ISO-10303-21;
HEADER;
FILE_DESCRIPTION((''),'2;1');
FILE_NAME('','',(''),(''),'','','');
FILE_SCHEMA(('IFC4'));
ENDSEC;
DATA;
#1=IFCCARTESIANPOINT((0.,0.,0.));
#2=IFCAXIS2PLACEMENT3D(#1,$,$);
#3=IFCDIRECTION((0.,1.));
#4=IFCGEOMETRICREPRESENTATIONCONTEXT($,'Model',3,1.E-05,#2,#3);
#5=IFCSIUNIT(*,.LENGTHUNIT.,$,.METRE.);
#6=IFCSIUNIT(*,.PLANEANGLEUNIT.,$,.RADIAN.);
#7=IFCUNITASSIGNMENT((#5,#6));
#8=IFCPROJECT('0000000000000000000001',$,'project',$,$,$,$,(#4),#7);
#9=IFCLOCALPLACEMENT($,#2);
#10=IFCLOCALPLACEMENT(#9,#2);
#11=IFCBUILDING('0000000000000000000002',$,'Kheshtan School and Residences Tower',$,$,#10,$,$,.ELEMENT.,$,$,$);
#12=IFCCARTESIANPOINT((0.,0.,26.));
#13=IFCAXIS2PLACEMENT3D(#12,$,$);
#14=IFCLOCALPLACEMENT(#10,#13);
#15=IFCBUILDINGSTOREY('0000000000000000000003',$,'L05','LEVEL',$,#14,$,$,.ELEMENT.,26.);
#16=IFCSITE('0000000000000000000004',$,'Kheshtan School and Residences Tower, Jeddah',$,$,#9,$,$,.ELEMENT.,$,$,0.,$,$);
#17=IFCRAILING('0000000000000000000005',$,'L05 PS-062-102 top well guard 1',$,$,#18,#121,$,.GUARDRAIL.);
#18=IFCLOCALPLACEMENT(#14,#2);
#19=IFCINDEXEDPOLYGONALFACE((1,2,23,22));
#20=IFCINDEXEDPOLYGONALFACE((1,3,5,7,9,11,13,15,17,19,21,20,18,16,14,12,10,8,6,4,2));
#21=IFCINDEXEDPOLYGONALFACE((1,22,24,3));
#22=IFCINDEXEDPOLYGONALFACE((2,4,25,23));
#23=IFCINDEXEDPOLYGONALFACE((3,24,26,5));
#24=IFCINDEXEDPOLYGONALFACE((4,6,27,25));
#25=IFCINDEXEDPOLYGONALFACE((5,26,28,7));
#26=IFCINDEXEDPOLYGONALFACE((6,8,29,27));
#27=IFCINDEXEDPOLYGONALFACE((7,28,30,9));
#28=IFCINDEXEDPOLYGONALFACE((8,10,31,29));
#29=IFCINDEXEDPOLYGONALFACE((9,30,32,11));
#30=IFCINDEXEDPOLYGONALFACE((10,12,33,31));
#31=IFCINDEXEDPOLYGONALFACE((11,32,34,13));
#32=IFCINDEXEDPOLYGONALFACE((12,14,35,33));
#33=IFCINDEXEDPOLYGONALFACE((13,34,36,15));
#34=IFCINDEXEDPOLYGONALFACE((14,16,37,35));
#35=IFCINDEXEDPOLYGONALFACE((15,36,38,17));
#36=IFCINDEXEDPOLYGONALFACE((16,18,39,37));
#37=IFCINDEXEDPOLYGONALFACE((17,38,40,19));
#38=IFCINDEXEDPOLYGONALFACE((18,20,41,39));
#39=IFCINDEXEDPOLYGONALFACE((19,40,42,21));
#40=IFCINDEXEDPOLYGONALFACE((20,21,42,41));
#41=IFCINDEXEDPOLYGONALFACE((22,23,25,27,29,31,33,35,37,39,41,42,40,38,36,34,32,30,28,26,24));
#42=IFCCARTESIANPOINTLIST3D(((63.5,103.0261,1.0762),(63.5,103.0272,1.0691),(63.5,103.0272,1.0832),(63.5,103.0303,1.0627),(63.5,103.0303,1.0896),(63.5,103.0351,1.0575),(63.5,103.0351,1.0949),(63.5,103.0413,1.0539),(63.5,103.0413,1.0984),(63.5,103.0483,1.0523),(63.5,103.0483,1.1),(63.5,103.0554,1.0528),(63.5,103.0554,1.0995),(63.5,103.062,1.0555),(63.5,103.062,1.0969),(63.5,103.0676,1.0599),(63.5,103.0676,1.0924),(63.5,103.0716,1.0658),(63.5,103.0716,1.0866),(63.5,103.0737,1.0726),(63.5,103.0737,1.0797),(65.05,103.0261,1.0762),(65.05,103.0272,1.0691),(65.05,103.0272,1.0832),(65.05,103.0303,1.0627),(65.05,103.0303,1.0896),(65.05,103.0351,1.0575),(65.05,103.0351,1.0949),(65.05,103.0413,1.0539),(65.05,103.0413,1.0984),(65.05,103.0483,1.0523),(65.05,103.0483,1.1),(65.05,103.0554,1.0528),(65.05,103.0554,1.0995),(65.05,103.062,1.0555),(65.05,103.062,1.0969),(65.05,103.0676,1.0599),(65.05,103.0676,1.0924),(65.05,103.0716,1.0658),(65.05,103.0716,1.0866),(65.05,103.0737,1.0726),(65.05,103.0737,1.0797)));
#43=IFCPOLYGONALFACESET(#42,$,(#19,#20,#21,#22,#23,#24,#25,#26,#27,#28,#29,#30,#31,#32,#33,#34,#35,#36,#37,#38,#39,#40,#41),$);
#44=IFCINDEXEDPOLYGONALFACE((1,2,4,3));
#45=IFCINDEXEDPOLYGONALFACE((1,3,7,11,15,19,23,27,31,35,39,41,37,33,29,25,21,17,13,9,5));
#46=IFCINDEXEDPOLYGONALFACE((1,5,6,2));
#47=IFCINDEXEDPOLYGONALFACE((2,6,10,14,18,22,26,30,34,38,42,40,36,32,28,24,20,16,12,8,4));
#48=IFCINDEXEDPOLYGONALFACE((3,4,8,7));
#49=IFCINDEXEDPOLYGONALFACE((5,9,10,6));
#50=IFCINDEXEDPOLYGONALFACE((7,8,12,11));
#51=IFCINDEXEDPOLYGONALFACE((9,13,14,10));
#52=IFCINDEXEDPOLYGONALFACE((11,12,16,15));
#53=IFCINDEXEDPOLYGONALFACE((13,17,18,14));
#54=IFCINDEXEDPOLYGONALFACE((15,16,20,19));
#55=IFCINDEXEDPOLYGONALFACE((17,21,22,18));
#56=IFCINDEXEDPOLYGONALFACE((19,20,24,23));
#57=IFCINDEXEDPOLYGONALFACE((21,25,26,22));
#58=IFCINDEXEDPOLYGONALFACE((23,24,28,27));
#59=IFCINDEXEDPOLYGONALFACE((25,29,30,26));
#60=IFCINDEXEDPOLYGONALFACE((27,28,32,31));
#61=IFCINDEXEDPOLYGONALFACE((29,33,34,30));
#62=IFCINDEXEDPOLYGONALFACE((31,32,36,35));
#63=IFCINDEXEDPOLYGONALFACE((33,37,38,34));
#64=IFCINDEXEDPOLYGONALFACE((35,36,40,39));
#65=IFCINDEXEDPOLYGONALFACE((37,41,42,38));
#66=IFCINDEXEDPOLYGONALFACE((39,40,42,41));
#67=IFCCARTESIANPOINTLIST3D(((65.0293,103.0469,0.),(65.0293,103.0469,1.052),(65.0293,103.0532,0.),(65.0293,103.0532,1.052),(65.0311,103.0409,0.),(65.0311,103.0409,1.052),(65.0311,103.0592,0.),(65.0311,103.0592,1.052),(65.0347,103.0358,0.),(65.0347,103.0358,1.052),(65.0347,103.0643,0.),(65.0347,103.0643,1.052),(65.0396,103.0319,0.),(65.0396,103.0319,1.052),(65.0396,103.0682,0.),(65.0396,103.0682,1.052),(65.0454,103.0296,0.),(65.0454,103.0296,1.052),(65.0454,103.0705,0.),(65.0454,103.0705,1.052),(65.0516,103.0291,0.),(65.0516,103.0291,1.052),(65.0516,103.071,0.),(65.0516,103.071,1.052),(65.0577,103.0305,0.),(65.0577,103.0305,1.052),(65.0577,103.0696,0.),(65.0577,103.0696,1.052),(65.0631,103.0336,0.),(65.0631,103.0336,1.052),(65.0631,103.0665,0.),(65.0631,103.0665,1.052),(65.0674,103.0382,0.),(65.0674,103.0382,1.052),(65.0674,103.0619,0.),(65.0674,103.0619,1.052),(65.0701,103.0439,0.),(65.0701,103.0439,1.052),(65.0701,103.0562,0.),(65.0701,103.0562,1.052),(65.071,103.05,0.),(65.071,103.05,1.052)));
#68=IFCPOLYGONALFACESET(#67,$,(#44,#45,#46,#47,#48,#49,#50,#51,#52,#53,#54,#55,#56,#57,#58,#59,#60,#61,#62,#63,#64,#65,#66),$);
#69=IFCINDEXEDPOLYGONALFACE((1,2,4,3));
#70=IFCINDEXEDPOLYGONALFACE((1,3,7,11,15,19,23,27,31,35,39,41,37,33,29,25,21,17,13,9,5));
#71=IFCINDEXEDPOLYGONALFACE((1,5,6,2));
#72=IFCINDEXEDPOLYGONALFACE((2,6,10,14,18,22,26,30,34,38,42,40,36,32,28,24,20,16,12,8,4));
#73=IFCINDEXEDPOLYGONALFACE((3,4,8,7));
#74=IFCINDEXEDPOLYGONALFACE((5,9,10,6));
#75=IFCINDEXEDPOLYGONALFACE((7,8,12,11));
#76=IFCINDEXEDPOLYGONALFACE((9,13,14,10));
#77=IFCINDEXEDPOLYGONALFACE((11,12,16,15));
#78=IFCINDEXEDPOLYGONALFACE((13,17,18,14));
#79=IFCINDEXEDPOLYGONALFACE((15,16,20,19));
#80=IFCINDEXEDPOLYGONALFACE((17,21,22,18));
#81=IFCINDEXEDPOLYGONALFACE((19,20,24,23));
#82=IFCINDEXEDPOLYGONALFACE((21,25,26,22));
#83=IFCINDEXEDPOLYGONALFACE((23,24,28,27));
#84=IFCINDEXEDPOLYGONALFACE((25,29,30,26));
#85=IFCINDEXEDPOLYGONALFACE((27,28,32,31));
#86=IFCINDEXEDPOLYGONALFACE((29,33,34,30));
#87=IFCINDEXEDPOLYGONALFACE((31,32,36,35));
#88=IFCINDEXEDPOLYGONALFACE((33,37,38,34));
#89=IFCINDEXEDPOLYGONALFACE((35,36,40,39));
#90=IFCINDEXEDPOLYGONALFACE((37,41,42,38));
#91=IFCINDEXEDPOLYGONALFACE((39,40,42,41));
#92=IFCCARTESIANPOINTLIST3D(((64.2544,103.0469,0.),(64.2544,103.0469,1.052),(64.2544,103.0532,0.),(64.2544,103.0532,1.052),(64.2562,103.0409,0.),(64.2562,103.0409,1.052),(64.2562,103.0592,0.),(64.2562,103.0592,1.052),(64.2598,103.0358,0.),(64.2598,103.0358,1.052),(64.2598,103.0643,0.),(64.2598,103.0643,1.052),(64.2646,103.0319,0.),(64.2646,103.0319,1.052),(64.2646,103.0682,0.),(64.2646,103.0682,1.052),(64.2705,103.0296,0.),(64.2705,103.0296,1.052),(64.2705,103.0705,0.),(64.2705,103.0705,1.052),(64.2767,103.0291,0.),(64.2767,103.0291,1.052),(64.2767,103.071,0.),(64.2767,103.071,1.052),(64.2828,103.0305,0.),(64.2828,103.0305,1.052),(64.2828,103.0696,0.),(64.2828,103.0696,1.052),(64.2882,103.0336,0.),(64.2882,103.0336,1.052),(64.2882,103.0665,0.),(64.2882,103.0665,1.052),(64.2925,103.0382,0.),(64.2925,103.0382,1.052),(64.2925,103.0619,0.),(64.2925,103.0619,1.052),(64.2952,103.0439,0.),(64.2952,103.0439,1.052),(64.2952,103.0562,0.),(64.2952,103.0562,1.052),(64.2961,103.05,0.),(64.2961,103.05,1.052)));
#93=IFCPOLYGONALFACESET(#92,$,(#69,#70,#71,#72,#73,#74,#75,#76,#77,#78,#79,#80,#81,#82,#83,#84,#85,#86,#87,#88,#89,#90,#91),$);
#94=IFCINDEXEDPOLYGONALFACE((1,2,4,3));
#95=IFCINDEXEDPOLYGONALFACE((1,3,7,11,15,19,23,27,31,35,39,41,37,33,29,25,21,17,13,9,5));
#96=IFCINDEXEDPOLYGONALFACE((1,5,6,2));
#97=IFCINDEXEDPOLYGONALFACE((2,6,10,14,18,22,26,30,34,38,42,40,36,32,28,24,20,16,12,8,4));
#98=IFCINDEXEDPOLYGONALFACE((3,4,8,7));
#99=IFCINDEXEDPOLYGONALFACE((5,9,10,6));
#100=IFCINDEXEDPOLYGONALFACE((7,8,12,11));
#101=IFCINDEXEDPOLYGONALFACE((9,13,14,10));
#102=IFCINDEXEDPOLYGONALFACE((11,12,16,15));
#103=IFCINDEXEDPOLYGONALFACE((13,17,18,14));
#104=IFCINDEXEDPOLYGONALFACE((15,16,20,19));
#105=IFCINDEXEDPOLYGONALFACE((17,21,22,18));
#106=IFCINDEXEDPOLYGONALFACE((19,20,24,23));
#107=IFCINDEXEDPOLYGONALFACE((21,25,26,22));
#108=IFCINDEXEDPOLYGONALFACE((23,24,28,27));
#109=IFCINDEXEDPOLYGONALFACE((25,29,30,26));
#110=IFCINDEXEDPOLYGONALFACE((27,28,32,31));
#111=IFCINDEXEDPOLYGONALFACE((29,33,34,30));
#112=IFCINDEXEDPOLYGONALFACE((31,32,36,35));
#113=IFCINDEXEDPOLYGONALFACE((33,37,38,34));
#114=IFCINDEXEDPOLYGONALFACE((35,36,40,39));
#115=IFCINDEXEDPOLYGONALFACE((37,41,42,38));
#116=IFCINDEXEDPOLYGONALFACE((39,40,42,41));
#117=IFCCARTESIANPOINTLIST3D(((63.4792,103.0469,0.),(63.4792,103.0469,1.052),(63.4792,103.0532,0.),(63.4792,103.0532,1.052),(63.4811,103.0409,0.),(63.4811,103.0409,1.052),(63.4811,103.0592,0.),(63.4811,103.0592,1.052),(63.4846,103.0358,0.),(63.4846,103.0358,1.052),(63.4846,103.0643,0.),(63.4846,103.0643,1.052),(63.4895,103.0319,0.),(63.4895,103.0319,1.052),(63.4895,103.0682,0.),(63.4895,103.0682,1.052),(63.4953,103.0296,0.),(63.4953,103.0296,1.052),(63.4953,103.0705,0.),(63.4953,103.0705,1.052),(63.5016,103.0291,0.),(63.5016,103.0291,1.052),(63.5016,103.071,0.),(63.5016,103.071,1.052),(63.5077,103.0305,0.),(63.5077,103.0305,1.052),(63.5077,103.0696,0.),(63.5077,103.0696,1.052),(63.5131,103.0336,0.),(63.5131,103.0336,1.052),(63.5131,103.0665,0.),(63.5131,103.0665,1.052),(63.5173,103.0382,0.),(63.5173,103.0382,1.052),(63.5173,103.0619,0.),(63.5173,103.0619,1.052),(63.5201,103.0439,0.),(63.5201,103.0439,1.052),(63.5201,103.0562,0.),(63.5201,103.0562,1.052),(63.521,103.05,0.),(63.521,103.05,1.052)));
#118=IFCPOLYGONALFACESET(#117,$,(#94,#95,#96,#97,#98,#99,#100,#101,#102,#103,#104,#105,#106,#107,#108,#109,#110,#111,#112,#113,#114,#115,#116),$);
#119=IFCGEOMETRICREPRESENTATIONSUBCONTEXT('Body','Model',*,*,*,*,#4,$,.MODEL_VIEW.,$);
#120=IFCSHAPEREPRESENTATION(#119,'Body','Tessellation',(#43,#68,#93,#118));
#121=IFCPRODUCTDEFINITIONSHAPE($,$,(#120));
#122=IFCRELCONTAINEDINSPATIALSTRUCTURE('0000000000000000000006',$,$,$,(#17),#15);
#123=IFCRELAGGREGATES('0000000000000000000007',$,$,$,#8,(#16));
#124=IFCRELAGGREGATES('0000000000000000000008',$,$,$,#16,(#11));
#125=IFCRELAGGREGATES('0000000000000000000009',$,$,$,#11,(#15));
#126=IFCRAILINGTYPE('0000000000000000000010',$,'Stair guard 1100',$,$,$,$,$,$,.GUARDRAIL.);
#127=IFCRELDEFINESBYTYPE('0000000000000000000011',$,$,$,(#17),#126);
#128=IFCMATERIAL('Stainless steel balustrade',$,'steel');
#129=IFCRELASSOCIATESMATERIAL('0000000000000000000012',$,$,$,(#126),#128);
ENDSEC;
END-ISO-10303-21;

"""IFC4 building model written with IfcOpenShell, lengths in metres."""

from ifc_helpers import new_model, si_unit, direction, frame, origin, origin_2d, place, context, subcontext, project, spatial, circle, extrude, material, type_object, element, save


model = new_model("IFC4")

# Units and contexts
model_context = context("Model", 3, precision=1e-05, world=origin(), true_north=direction((0.0, 1.0)))
body_context = subcontext(model_context, "Body", "Model", "MODEL_VIEW")
ifc_project = project(units=[si_unit("LENGTHUNIT", "METRE"), si_unit("PLANEANGLEUNIT", "RADIAN")], contexts=[model_context])

# Site, building, storey
site_placement = place(None, origin())
site = spatial("IfcSite", under=ifc_project, at=site_placement, Name="Kheshtan School and Residences Tower, Jeddah", CompositionType="ELEMENT", RefElevation=0.0)
building_placement = place(site_placement, origin())
building = spatial("IfcBuilding", under=site, at=building_placement, Name="Kheshtan School and Residences Tower", CompositionType="ELEMENT")
storey_placement = place(building_placement, frame((0.0, 0.0, 26.0)))
storey = spatial("IfcBuildingStorey", under=building, at=storey_placement, Name="L05", Description="LEVEL", CompositionType="ELEMENT", Elevation=26.0)

# Railing
ifc_material_1 = material(Name="Stainless steel balustrade", Category="steel")
railing_type = type_object("IfcRailingType", Name="Stair guard 1100", PredefinedType="GUARDRAIL", material=ifc_material_1)
railing_placement = place(storey_placement, frame((65.05, 103.05, 0.0)))
element("IfcRailing", 1, at=railing_placement, inside=storey, type_object=railing_type, Name="L05 PS-062-102 top well guard 1", PredefinedType="GUARDRAIL", context=body_context, shape_type="SweptSolid", body=[
    extrude(circle(Radius=0.0239, at=origin_2d()), frame((0.0, 0.0, 1.0762), z_axis=(-1.0, 0.0, 0.0), x_axis=(0.0, -1.0, 0.0)), (0.0, 0.0, 1.0), 1.55),
    extrude(circle(Radius=0.021, at=origin_2d()), origin(), (0.0, 0.0, 1.0), 1.052),
    extrude(circle(Radius=0.021, at=origin_2d()), frame((-0.7749, 0.0, 0.0)), (0.0, 0.0, 1.0), 1.052),
    extrude(circle(Radius=0.021, at=origin_2d()), frame((-1.55, 0.0, 0.0)), (0.0, 0.0, 1.0), 1.052),
])

save(model, "model.ifc")
